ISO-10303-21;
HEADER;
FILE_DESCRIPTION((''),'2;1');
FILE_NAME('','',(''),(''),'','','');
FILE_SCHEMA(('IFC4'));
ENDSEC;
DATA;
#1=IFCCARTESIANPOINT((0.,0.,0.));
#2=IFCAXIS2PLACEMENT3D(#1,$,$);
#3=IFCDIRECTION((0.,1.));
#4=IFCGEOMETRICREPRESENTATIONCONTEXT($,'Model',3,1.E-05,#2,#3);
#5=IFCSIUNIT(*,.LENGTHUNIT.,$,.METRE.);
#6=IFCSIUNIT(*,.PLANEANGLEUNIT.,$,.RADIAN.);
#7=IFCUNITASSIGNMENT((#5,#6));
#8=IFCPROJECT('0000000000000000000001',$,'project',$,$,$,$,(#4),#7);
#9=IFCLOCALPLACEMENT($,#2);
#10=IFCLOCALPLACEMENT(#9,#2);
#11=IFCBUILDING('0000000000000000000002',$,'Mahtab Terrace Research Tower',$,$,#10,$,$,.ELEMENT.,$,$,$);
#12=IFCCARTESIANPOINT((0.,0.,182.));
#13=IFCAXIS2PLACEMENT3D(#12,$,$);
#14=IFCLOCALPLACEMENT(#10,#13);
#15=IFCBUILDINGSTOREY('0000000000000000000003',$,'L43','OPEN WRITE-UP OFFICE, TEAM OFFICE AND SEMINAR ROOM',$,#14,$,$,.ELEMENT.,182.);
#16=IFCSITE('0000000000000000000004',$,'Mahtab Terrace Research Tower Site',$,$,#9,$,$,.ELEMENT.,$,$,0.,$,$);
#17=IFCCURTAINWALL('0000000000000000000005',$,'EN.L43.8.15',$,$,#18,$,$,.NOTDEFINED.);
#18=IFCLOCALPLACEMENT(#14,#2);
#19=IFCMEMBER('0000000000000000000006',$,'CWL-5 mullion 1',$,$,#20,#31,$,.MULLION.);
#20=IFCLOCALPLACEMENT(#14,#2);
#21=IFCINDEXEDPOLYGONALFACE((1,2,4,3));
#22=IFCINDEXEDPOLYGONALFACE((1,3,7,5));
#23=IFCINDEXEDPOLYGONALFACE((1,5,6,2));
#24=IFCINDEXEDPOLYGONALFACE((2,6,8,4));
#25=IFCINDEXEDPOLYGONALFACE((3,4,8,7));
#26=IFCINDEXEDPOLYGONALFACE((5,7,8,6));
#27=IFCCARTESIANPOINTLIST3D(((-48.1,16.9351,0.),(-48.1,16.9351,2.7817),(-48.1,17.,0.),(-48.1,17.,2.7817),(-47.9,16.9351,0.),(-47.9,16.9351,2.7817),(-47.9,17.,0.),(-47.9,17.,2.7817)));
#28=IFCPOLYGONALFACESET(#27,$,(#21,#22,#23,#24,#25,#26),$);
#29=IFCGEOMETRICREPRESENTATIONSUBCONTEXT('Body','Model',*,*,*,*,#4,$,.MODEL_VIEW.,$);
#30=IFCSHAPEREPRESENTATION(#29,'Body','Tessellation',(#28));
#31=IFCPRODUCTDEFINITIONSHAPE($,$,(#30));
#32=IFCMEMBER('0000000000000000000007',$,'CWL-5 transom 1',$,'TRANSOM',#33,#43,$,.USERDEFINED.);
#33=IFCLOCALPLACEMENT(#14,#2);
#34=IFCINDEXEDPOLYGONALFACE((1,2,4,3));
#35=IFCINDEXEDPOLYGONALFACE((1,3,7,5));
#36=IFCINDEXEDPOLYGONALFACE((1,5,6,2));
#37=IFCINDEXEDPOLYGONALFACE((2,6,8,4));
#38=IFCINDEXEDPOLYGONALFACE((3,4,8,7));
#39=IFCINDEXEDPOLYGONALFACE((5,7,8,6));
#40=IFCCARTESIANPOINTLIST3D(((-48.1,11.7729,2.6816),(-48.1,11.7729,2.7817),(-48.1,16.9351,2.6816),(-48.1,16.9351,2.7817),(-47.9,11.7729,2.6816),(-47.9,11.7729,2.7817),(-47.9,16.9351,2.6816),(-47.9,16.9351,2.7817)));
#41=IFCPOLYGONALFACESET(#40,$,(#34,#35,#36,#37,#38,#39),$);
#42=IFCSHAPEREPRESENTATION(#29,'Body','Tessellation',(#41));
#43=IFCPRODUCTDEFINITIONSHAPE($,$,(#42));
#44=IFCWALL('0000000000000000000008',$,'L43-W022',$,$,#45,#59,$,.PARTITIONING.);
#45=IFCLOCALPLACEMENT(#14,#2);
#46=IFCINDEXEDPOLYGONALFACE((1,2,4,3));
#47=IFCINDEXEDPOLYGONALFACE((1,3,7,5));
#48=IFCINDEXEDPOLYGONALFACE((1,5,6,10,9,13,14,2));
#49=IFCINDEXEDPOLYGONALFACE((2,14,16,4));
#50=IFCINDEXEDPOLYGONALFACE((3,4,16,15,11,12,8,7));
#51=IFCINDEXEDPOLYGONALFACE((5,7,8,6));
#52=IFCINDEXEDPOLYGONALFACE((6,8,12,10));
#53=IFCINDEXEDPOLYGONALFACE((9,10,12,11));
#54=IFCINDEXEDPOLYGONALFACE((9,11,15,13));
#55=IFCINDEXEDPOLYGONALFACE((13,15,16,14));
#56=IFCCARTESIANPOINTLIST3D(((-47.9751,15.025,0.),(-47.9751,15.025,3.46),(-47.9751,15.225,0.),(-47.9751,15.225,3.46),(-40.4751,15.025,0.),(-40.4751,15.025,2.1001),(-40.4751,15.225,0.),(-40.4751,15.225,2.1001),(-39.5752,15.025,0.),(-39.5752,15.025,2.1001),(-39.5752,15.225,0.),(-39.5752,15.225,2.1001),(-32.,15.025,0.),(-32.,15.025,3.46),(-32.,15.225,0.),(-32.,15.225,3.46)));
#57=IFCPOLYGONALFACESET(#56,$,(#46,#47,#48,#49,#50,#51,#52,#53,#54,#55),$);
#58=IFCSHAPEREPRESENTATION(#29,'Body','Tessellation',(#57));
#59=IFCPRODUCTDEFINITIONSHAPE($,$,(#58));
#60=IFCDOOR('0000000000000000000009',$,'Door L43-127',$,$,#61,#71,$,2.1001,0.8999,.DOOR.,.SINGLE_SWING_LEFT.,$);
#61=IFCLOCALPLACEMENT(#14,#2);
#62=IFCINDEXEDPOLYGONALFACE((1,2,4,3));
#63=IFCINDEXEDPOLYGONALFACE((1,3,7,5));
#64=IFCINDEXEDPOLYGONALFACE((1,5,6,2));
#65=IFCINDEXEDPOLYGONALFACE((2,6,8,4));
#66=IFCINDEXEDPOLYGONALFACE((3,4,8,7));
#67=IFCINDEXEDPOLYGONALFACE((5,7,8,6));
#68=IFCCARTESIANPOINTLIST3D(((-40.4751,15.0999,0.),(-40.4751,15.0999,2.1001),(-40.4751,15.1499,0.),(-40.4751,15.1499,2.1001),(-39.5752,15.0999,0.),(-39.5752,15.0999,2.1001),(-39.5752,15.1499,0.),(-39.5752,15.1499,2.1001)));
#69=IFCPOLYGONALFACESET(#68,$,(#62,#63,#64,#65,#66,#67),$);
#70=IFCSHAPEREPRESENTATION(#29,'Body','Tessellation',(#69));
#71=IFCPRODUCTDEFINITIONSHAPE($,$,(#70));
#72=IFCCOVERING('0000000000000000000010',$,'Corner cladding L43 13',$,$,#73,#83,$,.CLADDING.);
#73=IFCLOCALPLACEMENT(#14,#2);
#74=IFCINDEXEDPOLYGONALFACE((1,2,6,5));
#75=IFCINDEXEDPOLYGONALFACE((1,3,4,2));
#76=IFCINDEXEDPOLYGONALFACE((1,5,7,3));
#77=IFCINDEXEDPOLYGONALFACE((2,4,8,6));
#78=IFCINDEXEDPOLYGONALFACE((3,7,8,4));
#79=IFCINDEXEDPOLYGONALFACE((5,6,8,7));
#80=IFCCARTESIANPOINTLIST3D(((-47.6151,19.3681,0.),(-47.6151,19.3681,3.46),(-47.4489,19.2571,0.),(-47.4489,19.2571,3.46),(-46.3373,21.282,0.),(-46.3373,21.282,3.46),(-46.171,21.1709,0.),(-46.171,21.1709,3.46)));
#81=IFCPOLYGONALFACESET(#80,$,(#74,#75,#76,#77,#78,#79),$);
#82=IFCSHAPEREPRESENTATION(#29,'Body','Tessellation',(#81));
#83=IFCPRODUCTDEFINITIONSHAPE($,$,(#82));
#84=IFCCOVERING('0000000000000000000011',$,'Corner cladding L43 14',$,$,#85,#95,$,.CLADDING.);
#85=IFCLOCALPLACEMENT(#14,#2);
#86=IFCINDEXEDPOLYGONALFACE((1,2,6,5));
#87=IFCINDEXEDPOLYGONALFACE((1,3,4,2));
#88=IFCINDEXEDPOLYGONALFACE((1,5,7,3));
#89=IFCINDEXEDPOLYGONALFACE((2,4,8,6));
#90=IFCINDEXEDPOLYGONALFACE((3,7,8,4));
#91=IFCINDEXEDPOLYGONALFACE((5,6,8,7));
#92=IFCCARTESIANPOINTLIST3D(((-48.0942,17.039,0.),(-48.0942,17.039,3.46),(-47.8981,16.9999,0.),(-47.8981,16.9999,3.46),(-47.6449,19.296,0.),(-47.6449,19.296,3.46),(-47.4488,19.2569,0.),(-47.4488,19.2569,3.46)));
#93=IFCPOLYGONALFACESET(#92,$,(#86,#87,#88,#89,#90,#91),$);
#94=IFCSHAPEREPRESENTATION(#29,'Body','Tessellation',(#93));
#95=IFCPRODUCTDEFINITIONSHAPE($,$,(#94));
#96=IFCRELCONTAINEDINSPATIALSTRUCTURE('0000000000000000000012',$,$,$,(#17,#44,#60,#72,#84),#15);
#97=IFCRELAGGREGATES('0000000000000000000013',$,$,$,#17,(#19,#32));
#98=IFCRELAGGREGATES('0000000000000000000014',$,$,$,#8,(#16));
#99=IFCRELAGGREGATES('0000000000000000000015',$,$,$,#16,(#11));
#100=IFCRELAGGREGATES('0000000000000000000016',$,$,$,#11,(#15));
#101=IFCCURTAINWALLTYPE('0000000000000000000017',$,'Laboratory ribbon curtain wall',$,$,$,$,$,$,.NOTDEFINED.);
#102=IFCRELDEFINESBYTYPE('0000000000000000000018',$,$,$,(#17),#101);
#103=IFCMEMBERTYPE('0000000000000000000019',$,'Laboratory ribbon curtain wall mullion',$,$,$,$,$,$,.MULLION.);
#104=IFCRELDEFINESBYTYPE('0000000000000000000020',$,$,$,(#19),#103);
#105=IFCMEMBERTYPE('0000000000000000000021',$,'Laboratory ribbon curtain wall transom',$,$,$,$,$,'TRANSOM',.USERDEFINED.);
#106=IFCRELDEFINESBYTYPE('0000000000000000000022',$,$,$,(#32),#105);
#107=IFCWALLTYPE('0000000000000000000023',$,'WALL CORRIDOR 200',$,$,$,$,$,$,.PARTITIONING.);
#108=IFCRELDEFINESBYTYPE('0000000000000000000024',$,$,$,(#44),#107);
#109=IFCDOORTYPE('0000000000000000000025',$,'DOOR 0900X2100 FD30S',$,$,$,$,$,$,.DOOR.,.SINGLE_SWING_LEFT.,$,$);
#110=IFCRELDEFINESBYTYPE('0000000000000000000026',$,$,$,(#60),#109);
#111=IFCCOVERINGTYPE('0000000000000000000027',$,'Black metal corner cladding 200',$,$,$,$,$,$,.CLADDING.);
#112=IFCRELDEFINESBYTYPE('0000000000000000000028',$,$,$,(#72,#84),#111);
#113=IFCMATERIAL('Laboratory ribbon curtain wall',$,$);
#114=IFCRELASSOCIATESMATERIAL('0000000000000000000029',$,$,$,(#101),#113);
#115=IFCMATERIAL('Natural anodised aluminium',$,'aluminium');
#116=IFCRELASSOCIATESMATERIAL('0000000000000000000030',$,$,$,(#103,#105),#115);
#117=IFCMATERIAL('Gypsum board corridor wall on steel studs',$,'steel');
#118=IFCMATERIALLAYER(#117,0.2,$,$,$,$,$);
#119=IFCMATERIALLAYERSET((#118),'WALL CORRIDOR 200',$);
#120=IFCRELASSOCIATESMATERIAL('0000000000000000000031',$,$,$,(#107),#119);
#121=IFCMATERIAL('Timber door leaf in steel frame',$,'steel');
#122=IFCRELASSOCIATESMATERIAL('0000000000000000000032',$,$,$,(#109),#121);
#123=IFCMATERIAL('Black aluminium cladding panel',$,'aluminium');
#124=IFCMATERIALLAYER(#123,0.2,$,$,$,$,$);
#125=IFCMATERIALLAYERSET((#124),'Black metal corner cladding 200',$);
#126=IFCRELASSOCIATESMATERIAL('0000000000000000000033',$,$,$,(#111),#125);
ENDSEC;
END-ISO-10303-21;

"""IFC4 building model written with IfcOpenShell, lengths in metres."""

from ifc_helpers import new_model, si_unit, direction, frame, frame_2d, origin, origin_2d, place, context, subcontext, project, spatial, rectangle, extrude, material, layer, layer_set, material_profile, profile_set, type_object, element, fill, aggregate, save


model = new_model("IFC4")

# Units and contexts
model_context = context("Model", 3, precision=1e-05, world=origin(), true_north=direction((0.0, 1.0)))
body_context = subcontext(model_context, "Body", "Model", "MODEL_VIEW")
ifc_project = project(units=[si_unit("LENGTHUNIT", "METRE"), si_unit("PLANEANGLEUNIT", "RADIAN")], contexts=[model_context])

# Site, building, storey
site_placement = place(None, origin())
site = spatial("IfcSite", under=ifc_project, at=site_placement, Name="Mahtab Terrace Research Tower Site", CompositionType="ELEMENT", RefElevation=0.0)
building_placement = place(site_placement, origin())
building = spatial("IfcBuilding", under=site, at=building_placement, Name="Mahtab Terrace Research Tower", CompositionType="ELEMENT")
storey_placement = place(building_placement, frame((0.0, 0.0, 182.0)))
storey = spatial("IfcBuildingStorey", under=building, at=storey_placement, Name="L43", Description="OPEN WRITE-UP OFFICE, TEAM OFFICE AND SEMINAR ROOM", CompositionType="ELEMENT", Elevation=182.0)

# Curtain wall, members
ifc_material_1 = material(Name="Laboratory ribbon curtain wall")
curtain_wall_type = type_object("IfcCurtainWallType", Name="Laboratory ribbon curtain wall", PredefinedType="NOTDEFINED", material=ifc_material_1)
curtain_wall_placement = place(storey_placement, origin())
curtain_wall = element("IfcCurtainWall", 1, at=curtain_wall_placement, inside=storey, type_object=curtain_wall_type, Name="EN.L43.8.15", PredefinedType="NOTDEFINED")
ifc_material_2 = material(Name="Natural anodised aluminium", Category="aluminium")
ifc_material_profile_1 = material_profile(ifc_material_2, rectangle(XDim=0.2, YDim=0.0649, at=origin_2d()), Name="MULLION 65x200")
ifc_profile_set_1 = profile_set([ifc_material_profile_1], Name="Natural anodised aluminium")
member_type_1 = type_object("IfcMemberType", Name="Laboratory ribbon curtain wall mullion", PredefinedType="MULLION", material=ifc_profile_set_1)
member_1_placement = place(storey_placement, frame((-48.0, 16.9675, 0.0), z_axis=(0.0, 0.0, 1.0), x_axis=(1.0, 0.0, 0.0)))
member_1 = element("IfcMember", 2, at=member_1_placement, type_object=member_type_1, Name="CWL-5 mullion 1", PredefinedType="MULLION", context=body_context, shape_type="SweptSolid", body=[
    extrude(rectangle(XDim=0.2, YDim=0.0649, at=origin_2d()), origin(), (0.0, 0.0, 1.0), 2.7817),
])
ifc_material_profile_2 = material_profile(ifc_material_2, rectangle(XDim=0.2, YDim=0.1001, at=origin_2d()), Name="TRANSOM 100x200")
ifc_profile_set_2 = profile_set([ifc_material_profile_2], Name="Natural anodised aluminium")
member_type_2 = type_object("IfcMemberType", Name="Laboratory ribbon curtain wall transom", ElementType="TRANSOM", PredefinedType="USERDEFINED", material=ifc_profile_set_2)
member_2_placement = place(storey_placement, frame((-48.0, 16.9351, 2.7317), z_axis=(0.0, -1.0, 0.0), x_axis=(1.0, 0.0, 0.0)))
member_2 = element("IfcMember", 3, at=member_2_placement, type_object=member_type_2, Name="CWL-5 transom 1", ObjectType="TRANSOM", PredefinedType="USERDEFINED", context=body_context, shape_type="SweptSolid", body=[
    extrude(rectangle(XDim=0.2, YDim=0.1001, at=origin_2d()), origin(), (0.0, 0.0, 1.0), 5.1621),
])
aggregate(curtain_wall, [member_1, member_2])

# Wall, opening, door
ifc_material_3 = material(Name="Gypsum board corridor wall on steel studs", Category="steel")
ifc_layer_1 = layer(ifc_material_3, 0.2)
ifc_layer_set_1 = layer_set([ifc_layer_1], Name="WALL CORRIDOR 200")
wall_type = type_object("IfcWallType", Name="WALL CORRIDOR 200", PredefinedType="PARTITIONING", material=ifc_layer_set_1)
wall_1_placement = place(storey_placement, frame((-47.9751, 15.125, 0.0), z_axis=(0.0, 0.0, 1.0), x_axis=(1.0, 0.0, 0.0)))
wall_1 = element("IfcWall", 4, at=wall_1_placement, inside=storey, type_object=wall_type, Name="L43-W022", PredefinedType="PARTITIONING", context=body_context, shape_type="SweptSolid", body=[
    extrude(rectangle(XDim=15.9751, YDim=0.2, at=frame_2d((7.9875, 0.0))), origin(), (0.0, 0.0, 1.0), 3.46),
])
opening_1_placement = place(wall_1_placement, frame((7.5, 0.0, 0.0)))
opening_1 = element("IfcOpeningElement", 5, at=opening_1_placement, cuts=wall_1, PredefinedType="OPENING", context=body_context, shape_type="SweptSolid", body=[
    extrude(rectangle(XDim=0.8999, YDim=2.1001, at=frame_2d((0.45, 1.05))), frame((0.0, 0.1099, 0.0), z_axis=(0.0, -1.0, 0.0), x_axis=(1.0, 0.0, 0.0)), (0.0, 0.0, 1.0), 0.22),
])
ifc_material_4 = material(Name="Timber door leaf in steel frame", Category="steel")
door_type = type_object("IfcDoorType", Name="DOOR 0900X2100 FD30S", OperationType="SINGLE_SWING_LEFT", PredefinedType="DOOR", material=ifc_material_4)
door_1_placement = place(opening_1_placement, origin())
door_1 = element("IfcDoor", 6, at=door_1_placement, inside=storey, type_object=door_type, Name="Door L43-127", OperationType="SINGLE_SWING_LEFT", OverallHeight=2.1001, OverallWidth=0.8999, PredefinedType="DOOR", context=body_context, shape_type="SweptSolid", body=[
    extrude(rectangle(XDim=0.8999, YDim=2.1001, at=frame_2d((0.45, 1.05))), frame((0.0, 0.0249, 0.0), z_axis=(0.0, -1.0, 0.0), x_axis=(1.0, 0.0, 0.0)), (0.0, 0.0, 1.0), 0.05),
])
fill(opening_1, door_1)

# Coverings
ifc_material_5 = material(Name="Black aluminium cladding panel", Category="aluminium")
ifc_layer_2 = layer(ifc_material_5, 0.2)
ifc_layer_set_2 = layer_set([ifc_layer_2], Name="Black metal corner cladding 200")
covering_type = type_object("IfcCoveringType", Name="Black metal corner cladding 200", PredefinedType="CLADDING", material=ifc_layer_set_2)
for number, where, z_axis, x_axis, name in (
    (7, (-46.8931, 20.2695, 0.0), (0.0, 0.0, 1.0), (-0.555291, -0.831656, 0.0), "Corner cladding L43 13"),
    (8, (-47.7715, 18.1479, 0.0), (0.0, 0.0, 1.0), (-0.195212, -0.980761, 0.0), "Corner cladding L43 14"),
):
    element("IfcCovering", number, at=place(storey_placement, frame(where, z_axis=z_axis, x_axis=x_axis)), inside=storey, type_object=covering_type, Name=name, PredefinedType="CLADDING", context=body_context, shape_type="SweptSolid", body=[
        extrude(rectangle(XDim=2.3013, YDim=0.2, at=origin_2d()), origin(), (0.0, 0.0, 1.0), 3.46),
    ])

save(model, "model.ifc")
